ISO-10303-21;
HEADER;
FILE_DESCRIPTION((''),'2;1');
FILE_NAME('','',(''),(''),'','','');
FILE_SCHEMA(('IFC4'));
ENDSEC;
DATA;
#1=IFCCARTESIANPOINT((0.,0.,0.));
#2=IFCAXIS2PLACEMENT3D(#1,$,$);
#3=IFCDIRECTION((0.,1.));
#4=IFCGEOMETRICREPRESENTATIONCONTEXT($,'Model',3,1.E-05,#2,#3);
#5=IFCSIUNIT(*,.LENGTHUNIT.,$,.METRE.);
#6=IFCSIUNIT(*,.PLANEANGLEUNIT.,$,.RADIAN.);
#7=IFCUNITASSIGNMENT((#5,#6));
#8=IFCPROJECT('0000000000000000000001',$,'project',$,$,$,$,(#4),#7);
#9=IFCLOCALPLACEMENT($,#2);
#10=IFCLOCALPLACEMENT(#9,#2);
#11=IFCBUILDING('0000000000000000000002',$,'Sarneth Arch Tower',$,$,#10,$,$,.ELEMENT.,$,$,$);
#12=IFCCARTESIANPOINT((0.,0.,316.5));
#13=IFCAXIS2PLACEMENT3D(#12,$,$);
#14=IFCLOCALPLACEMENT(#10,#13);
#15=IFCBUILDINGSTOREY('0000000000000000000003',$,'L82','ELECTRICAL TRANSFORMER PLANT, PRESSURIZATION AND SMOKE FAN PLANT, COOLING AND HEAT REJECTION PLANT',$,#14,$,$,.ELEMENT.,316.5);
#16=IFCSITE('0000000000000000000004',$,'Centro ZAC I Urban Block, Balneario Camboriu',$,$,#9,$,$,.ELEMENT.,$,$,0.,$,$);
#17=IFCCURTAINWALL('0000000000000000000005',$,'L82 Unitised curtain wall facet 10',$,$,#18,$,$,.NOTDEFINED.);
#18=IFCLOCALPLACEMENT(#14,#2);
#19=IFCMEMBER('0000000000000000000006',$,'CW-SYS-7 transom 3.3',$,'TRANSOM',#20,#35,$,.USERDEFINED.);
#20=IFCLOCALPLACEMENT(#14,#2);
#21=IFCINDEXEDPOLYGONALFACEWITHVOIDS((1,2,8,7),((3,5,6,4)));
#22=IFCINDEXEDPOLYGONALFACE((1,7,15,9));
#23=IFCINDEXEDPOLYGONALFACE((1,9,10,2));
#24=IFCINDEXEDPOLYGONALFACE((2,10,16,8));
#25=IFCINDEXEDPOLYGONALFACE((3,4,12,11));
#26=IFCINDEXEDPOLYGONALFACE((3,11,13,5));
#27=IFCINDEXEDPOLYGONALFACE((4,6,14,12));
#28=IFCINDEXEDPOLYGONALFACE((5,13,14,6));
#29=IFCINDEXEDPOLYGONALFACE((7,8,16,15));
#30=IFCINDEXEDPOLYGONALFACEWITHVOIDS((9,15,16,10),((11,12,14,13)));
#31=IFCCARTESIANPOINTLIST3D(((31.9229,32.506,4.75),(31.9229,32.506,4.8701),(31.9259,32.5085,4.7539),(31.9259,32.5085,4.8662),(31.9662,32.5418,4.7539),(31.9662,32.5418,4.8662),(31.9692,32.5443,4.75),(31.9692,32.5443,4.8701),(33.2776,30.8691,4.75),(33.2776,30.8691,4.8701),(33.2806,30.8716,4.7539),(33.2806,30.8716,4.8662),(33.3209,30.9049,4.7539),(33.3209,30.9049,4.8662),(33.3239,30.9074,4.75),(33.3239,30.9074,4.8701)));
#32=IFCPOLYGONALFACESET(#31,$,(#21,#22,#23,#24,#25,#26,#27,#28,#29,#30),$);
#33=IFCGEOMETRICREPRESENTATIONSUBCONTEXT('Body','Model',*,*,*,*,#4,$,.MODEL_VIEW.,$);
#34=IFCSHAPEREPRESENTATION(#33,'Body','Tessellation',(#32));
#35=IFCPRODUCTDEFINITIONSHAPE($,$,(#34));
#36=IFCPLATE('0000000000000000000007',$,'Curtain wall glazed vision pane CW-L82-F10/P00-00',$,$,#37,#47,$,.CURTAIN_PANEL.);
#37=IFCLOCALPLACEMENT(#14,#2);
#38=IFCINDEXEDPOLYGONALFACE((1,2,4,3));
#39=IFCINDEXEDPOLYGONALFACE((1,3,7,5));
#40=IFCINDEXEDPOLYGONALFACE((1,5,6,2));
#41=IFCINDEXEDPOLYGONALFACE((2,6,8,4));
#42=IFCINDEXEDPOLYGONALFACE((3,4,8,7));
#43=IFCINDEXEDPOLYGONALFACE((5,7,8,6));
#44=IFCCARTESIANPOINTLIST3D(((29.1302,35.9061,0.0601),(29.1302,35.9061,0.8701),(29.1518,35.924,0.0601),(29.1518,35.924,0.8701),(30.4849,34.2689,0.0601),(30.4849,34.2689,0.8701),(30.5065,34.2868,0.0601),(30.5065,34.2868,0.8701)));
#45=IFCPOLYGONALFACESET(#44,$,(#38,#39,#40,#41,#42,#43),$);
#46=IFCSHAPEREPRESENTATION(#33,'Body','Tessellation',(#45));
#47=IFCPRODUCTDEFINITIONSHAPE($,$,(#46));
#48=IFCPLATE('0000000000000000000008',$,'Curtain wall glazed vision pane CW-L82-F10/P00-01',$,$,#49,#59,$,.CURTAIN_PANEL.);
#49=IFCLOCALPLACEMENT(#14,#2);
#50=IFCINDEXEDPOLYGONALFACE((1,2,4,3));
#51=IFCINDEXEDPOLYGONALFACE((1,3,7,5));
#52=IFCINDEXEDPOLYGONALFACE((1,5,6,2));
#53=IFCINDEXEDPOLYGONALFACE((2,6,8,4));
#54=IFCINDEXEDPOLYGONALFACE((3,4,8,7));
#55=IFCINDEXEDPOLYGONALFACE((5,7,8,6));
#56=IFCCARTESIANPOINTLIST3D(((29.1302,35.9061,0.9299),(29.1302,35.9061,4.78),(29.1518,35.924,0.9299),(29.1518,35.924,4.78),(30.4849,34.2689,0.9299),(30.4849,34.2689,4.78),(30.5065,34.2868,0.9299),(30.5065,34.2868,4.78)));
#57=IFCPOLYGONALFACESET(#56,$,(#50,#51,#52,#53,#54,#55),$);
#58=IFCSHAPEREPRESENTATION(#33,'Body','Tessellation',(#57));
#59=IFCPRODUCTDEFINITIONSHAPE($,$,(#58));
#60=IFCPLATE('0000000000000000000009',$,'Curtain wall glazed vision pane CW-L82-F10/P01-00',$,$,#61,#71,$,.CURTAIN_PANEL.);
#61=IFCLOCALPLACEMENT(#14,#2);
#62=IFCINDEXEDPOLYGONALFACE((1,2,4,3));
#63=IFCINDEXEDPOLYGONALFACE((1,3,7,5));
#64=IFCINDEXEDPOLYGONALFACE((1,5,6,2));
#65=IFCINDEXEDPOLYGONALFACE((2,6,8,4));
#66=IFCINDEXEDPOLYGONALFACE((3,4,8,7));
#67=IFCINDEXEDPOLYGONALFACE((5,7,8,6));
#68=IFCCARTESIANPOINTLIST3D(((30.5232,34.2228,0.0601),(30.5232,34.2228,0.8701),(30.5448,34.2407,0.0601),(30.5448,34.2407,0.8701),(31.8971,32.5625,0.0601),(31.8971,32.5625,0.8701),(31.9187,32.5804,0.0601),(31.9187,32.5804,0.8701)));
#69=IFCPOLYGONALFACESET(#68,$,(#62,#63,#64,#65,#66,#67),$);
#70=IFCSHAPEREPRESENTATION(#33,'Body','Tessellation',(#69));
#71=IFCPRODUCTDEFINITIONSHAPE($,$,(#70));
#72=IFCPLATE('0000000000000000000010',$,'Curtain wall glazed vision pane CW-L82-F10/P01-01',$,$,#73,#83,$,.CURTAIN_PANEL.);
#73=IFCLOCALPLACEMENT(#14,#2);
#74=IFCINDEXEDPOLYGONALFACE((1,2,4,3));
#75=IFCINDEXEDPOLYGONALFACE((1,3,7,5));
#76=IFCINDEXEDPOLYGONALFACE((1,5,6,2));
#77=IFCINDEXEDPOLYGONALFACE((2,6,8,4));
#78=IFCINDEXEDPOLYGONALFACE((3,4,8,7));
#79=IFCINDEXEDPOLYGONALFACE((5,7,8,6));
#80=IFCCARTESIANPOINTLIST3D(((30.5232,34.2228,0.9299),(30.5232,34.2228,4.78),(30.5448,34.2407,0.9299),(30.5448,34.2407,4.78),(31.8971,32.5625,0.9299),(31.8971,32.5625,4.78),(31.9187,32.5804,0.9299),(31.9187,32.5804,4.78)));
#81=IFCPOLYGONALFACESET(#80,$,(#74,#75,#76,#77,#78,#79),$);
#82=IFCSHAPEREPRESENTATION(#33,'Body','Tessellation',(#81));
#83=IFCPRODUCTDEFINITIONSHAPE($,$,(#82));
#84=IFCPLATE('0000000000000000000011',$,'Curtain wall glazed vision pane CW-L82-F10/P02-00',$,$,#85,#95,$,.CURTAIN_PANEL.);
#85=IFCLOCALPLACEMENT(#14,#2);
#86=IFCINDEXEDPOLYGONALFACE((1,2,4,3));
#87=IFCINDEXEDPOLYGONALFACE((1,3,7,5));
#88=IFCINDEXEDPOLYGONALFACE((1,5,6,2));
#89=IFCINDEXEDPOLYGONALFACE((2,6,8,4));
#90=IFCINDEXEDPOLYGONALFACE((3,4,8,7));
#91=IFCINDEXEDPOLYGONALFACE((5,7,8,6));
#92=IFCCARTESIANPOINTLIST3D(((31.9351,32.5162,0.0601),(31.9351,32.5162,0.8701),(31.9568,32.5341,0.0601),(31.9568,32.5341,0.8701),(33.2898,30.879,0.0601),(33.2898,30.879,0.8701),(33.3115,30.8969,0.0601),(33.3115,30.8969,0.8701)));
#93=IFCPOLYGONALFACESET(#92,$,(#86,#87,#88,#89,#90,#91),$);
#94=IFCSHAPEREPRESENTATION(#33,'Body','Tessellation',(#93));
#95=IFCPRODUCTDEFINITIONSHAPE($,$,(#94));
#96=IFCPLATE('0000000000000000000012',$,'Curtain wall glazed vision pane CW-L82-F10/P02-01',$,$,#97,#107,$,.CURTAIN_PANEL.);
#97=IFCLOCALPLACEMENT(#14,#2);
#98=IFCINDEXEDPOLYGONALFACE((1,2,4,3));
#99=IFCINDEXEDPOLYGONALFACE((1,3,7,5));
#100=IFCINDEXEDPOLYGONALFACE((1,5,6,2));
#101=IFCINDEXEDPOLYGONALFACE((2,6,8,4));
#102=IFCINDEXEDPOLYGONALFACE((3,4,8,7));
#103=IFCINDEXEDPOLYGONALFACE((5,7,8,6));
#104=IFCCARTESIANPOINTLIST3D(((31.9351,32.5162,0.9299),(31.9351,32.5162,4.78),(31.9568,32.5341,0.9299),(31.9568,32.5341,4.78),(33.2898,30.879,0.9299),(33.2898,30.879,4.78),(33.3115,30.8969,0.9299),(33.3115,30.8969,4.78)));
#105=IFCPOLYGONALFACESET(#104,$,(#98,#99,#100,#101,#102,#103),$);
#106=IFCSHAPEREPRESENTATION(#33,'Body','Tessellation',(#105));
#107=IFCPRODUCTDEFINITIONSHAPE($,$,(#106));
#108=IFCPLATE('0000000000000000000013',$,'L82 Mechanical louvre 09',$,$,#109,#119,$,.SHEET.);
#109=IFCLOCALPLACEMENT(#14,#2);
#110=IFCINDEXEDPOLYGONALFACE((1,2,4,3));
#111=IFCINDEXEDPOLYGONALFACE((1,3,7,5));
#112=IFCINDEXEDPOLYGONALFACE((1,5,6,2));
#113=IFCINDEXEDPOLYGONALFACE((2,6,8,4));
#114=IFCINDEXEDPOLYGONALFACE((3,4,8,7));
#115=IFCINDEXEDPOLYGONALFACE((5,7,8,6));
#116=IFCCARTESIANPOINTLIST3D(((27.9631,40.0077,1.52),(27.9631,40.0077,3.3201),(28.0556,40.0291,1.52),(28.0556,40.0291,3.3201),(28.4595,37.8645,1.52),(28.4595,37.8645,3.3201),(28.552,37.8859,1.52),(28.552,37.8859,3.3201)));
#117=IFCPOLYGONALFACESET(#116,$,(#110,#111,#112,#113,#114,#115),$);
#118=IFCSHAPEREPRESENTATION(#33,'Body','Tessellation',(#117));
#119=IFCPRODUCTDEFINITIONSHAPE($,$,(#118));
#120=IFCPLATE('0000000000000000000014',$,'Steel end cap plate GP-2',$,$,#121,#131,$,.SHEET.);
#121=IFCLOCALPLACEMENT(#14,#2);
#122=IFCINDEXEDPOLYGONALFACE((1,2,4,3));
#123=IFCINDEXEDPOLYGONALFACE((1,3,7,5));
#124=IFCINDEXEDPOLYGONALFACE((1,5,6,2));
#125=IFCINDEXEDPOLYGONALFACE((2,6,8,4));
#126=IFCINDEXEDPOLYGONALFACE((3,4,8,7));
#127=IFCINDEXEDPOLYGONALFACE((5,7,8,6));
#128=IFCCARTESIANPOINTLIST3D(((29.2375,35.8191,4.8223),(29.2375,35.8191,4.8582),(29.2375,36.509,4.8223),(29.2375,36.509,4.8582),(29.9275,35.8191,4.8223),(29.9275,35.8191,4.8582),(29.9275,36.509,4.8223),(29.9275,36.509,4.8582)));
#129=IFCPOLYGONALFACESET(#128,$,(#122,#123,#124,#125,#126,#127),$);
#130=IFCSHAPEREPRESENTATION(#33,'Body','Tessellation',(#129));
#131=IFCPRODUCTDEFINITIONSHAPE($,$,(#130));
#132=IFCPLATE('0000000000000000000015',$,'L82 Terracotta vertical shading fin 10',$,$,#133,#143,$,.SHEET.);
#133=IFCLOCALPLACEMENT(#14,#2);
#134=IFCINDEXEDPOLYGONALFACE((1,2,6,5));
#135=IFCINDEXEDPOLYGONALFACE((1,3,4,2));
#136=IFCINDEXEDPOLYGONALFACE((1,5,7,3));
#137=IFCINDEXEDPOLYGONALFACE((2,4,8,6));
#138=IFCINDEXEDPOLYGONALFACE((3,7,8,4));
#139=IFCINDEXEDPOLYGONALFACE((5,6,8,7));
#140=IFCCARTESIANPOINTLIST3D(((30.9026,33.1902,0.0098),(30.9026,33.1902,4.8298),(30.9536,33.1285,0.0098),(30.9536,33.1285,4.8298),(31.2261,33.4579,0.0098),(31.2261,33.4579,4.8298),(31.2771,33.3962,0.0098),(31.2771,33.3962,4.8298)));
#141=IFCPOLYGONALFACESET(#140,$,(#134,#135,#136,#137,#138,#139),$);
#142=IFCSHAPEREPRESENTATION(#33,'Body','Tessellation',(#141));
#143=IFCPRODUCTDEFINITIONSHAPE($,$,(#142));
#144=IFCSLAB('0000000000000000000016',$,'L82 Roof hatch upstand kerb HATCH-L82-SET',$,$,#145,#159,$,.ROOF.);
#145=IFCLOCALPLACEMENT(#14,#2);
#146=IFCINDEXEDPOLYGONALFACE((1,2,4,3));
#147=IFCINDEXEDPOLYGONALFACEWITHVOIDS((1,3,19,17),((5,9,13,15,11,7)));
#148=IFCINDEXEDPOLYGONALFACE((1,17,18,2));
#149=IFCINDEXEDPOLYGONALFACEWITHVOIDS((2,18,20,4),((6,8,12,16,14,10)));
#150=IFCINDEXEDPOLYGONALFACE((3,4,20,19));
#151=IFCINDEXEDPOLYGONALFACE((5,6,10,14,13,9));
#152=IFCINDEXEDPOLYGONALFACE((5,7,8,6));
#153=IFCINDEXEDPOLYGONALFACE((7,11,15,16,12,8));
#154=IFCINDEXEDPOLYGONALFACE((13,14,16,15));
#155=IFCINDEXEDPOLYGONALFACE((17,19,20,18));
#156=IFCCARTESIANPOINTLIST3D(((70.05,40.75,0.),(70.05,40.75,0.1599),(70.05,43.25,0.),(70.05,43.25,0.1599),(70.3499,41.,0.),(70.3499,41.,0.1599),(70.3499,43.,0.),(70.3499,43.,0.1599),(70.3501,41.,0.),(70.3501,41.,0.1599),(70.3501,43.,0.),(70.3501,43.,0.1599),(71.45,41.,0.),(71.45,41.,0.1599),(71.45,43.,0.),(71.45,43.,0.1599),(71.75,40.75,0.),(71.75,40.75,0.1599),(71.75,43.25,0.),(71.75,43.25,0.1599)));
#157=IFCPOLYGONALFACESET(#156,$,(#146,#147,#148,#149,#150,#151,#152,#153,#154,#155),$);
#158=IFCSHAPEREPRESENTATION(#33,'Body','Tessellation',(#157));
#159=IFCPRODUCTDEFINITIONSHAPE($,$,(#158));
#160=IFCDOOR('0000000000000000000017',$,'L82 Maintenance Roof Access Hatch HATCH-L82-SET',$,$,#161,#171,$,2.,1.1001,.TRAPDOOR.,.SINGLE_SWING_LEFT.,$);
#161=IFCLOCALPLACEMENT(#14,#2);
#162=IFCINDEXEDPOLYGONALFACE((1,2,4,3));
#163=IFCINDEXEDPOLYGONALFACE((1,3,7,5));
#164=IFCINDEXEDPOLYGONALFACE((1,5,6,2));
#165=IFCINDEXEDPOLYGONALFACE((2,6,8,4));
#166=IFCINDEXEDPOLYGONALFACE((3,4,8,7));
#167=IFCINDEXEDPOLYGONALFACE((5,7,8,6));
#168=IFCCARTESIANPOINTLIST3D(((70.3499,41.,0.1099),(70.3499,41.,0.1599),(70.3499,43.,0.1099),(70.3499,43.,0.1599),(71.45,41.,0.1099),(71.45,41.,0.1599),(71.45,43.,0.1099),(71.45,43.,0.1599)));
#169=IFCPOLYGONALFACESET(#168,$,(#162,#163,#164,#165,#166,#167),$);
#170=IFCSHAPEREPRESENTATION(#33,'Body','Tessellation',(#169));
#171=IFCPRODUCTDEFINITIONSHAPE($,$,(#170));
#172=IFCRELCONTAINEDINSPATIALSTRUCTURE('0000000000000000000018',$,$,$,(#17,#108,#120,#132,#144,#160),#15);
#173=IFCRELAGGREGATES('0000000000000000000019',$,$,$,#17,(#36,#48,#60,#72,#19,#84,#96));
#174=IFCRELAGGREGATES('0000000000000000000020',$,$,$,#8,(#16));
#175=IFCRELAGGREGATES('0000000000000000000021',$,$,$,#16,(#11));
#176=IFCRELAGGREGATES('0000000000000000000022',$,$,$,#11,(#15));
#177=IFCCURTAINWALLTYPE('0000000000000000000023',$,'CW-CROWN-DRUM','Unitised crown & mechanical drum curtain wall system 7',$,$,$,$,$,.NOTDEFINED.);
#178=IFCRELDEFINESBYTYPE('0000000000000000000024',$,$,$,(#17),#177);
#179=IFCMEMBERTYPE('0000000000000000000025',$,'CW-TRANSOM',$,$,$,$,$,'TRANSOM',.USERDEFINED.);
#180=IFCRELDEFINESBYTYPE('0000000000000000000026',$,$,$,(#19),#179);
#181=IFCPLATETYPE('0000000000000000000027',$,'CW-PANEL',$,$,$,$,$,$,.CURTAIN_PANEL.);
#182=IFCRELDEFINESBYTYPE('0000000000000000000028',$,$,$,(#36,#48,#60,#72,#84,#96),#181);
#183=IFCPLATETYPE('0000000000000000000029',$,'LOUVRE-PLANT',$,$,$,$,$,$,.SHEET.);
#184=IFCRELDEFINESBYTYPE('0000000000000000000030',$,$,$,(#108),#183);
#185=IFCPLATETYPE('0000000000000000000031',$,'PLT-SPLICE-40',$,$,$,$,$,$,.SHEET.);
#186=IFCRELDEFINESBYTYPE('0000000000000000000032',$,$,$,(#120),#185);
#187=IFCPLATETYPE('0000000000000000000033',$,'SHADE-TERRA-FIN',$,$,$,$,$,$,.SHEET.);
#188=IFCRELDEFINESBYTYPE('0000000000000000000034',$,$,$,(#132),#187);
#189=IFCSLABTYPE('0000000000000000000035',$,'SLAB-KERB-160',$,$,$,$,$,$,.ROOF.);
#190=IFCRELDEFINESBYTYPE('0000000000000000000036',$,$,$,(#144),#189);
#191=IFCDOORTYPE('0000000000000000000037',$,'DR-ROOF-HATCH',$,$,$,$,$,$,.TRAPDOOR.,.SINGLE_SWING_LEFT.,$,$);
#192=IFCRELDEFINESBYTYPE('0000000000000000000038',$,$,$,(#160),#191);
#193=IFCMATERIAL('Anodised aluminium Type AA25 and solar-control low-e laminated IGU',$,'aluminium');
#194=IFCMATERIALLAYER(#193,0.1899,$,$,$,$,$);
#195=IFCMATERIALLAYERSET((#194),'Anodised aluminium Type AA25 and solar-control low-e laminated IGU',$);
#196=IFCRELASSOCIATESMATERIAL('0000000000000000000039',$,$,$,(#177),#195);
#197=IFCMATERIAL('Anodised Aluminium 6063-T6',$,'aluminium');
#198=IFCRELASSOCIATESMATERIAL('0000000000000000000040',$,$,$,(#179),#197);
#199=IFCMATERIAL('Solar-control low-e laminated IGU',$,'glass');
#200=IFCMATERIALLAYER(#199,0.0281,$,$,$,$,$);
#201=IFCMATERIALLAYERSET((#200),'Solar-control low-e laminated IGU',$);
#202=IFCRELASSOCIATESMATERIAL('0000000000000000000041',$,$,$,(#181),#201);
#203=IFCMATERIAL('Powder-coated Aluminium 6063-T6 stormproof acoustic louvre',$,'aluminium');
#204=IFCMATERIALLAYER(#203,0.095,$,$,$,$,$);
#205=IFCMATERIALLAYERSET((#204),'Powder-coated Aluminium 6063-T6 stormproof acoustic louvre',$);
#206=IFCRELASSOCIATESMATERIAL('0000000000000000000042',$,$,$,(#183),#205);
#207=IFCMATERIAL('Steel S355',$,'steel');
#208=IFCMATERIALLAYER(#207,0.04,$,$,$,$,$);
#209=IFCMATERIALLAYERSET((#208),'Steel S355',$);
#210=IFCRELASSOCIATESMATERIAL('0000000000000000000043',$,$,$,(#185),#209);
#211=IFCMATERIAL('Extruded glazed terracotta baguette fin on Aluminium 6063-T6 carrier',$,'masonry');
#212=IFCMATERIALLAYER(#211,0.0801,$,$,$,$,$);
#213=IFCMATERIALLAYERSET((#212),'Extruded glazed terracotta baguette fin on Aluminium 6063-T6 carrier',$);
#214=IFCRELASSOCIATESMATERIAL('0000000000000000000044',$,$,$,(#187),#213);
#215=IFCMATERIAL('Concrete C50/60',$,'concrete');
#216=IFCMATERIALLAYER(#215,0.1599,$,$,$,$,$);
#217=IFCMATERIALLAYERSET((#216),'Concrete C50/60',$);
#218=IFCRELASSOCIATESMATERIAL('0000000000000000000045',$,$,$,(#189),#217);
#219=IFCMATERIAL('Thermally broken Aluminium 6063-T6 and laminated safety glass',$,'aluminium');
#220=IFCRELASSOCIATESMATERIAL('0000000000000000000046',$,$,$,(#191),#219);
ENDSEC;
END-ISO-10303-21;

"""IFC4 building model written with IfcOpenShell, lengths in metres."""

from ifc_helpers import new_model, si_unit, direction, frame, origin, origin_2d, place, context, subcontext, project, spatial, polyline, rectangle, hollow_rectangle, outline, extrude, material, layer, layer_set, material_profile, profile_set, type_object, element, fill, aggregate, save


model = new_model("IFC4")

# Units and contexts
model_context = context("Model", 3, precision=1e-05, world=origin(), true_north=direction((0.0, 1.0)))
body_context = subcontext(model_context, "Body", "Model", "MODEL_VIEW")
ifc_project = project(units=[si_unit("LENGTHUNIT", "METRE"), si_unit("PLANEANGLEUNIT", "RADIAN")], contexts=[model_context])

# Site, building, storey
site_placement = place(None, origin())
site = spatial("IfcSite", under=ifc_project, at=site_placement, Name="Centro ZAC I Urban Block, Balneario Camboriu", CompositionType="ELEMENT", RefElevation=0.0)
building_placement = place(site_placement, origin())
building = spatial("IfcBuilding", under=site, at=building_placement, Name="Sarneth Arch Tower", CompositionType="ELEMENT")
storey_placement = place(building_placement, frame((0.0, 0.0, 316.5)))
storey = spatial("IfcBuildingStorey", under=building, at=storey_placement, Name="L82", Description="ELECTRICAL TRANSFORMER PLANT, PRESSURIZATION AND SMOKE FAN PLANT, COOLING AND HEAT REJECTION PLANT", CompositionType="ELEMENT", Elevation=316.5)

# Curtain wall, member, plates
ifc_material_1 = material(Name="Anodised aluminium Type AA25 and solar-control low-e laminated IGU", Category="aluminium")
ifc_layer_1 = layer(ifc_material_1, 0.1899)
ifc_layer_set_1 = layer_set([ifc_layer_1], Name="Anodised aluminium Type AA25 and solar-control low-e laminated IGU")
curtain_wall_type = type_object("IfcCurtainWallType", Name="CW-CROWN-DRUM", Description="Unitised crown & mechanical drum curtain wall system 7", PredefinedType="NOTDEFINED", material=ifc_layer_set_1)
curtain_wall_placement = place(storey_placement, origin())
curtain_wall = element("IfcCurtainWall", 1, at=curtain_wall_placement, inside=storey, type_object=curtain_wall_type, Name="L82 Unitised curtain wall facet 10", PredefinedType="NOTDEFINED")
ifc_material_2 = material(Name="Anodised Aluminium 6063-T6", Category="aluminium")
ifc_material_profile_1 = material_profile(ifc_material_2, hollow_rectangle(XDim=0.0601, YDim=0.1201, WallThickness=0.0039, at=origin_2d()), Name="AL-TRAN-120x60x4")
ifc_profile_set_1 = profile_set([ifc_material_profile_1], Name="Anodised Aluminium 6063-T6")
member_type_1 = type_object("IfcMemberType", Name="CW-TRANSOM", ElementType="TRANSOM", PredefinedType="USERDEFINED", material=ifc_profile_set_1)
member_1_placement = place(storey_placement, frame((31.946, 32.5251, 4.8101), z_axis=(0.63757, -0.770392, 0.0), x_axis=(0.770392, 0.63757, 0.0)))
member_1 = element("IfcMember", 2, at=member_1_placement, type_object=member_type_1, Name="CW-SYS-7 transom 3.3", ObjectType="TRANSOM", PredefinedType="USERDEFINED", context=body_context, shape_type="SweptSolid", body=[
    extrude(hollow_rectangle(XDim=0.0601, YDim=0.1201, WallThickness=0.0039, at=origin_2d()), origin(), (0.0, 0.0, 1.0), 2.1248),
])
ifc_material_3 = material(Name="Solar-control low-e laminated IGU", Category="glass")
ifc_layer_2 = layer(ifc_material_3, 0.0281)
ifc_layer_set_2 = layer_set([ifc_layer_2], Name="Solar-control low-e laminated IGU")
plate_type_1 = type_object("IfcPlateType", Name="CW-PANEL", PredefinedType="CURTAIN_PANEL", material=ifc_layer_set_2)
plate_1_placement = place(storey_placement, frame((29.8184, 35.0964, 0.0601), z_axis=(0.0, 0.0, 1.0), x_axis=(0.637505, -0.770446, 0.0)))
plate_1 = element("IfcPlate", 3, at=plate_1_placement, type_object=plate_type_1, Name="Curtain wall glazed vision pane CW-L82-F10/P00-00", PredefinedType="CURTAIN_PANEL", context=body_context, shape_type="SweptSolid", body=[
    extrude(rectangle(XDim=2.125, YDim=0.0281, at=origin_2d()), origin(), (0.0, 0.0, 1.0), 0.8101),
])
plate_2_placement = place(storey_placement, frame((29.8184, 35.0964, 0.9299), z_axis=(0.0, 0.0, 1.0), x_axis=(0.637505, -0.770446, 0.0)))
plate_2 = element("IfcPlate", 4, at=plate_2_placement, type_object=plate_type_1, Name="Curtain wall glazed vision pane CW-L82-F10/P00-01", PredefinedType="CURTAIN_PANEL", context=body_context, shape_type="SweptSolid", body=[
    extrude(rectangle(XDim=2.125, YDim=0.0281, at=origin_2d()), origin(), (0.0, 0.0, 1.0), 3.8501),
])
plate_3_placement = place(storey_placement, frame((31.2209, 33.4016, 0.0601), z_axis=(0.0, 0.0, 1.0), x_axis=(0.637505, -0.770446, 0.0)))
plate_3 = element("IfcPlate", 5, at=plate_3_placement, type_object=plate_type_1, Name="Curtain wall glazed vision pane CW-L82-F10/P01-00", PredefinedType="CURTAIN_PANEL", context=body_context, shape_type="SweptSolid", body=[
    extrude(rectangle(XDim=2.155, YDim=0.0281, at=origin_2d()), origin(), (0.0, 0.0, 1.0), 0.8101),
])
plate_4_placement = place(storey_placement, frame((31.2209, 33.4016, 0.9299), z_axis=(0.0, 0.0, 1.0), x_axis=(0.637505, -0.770446, 0.0)))
plate_4 = element("IfcPlate", 6, at=plate_4_placement, type_object=plate_type_1, Name="Curtain wall glazed vision pane CW-L82-F10/P01-01", PredefinedType="CURTAIN_PANEL", context=body_context, shape_type="SweptSolid", body=[
    extrude(rectangle(XDim=2.155, YDim=0.0281, at=origin_2d()), origin(), (0.0, 0.0, 1.0), 3.8501),
])
plate_5_placement = place(storey_placement, frame((32.6233, 31.7065, 0.0601), z_axis=(0.0, 0.0, 1.0), x_axis=(0.637505, -0.770446, 0.0)))
plate_5 = element("IfcPlate", 7, at=plate_5_placement, type_object=plate_type_1, Name="Curtain wall glazed vision pane CW-L82-F10/P02-00", PredefinedType="CURTAIN_PANEL", context=body_context, shape_type="SweptSolid", body=[
    extrude(rectangle(XDim=2.125, YDim=0.0281, at=origin_2d()), origin(), (0.0, 0.0, 1.0), 0.8101),
])
plate_6_placement = place(storey_placement, frame((32.6233, 31.7065, 0.9299), z_axis=(0.0, 0.0, 1.0), x_axis=(0.637505, -0.770446, 0.0)))
plate_6 = element("IfcPlate", 8, at=plate_6_placement, type_object=plate_type_1, Name="Curtain wall glazed vision pane CW-L82-F10/P02-01", PredefinedType="CURTAIN_PANEL", context=body_context, shape_type="SweptSolid", body=[
    extrude(rectangle(XDim=2.125, YDim=0.0281, at=origin_2d()), origin(), (0.0, 0.0, 1.0), 3.8501),
])
aggregate(curtain_wall, [plate_1, plate_2, plate_3, plate_4, member_1, plate_5, plate_6])

# Plates
ifc_material_4 = material(Name="Powder-coated Aluminium 6063-T6 stormproof acoustic louvre", Category="aluminium")
ifc_layer_3 = layer(ifc_material_4, 0.095)
ifc_layer_set_3 = layer_set([ifc_layer_3], Name="Powder-coated Aluminium 6063-T6 stormproof acoustic louvre")
plate_type_2 = type_object("IfcPlateType", Name="LOUVRE-PLANT", PredefinedType="SHEET", material=ifc_layer_set_3)
plate_7_placement = place(storey_placement, frame((28.2576, 38.9468, 1.52), z_axis=(0.0, 0.0, 1.0), x_axis=(0.225631, -0.974213, 0.0)))
element("IfcPlate", 9, at=plate_7_placement, inside=storey, type_object=plate_type_2, Name="L82 Mechanical louvre 09", PredefinedType="SHEET", context=body_context, shape_type="SweptSolid", body=[
    extrude(rectangle(XDim=2.2, YDim=0.095, at=origin_2d()), origin(), (0.0, 0.0, 1.0), 1.8),
])
ifc_material_5 = material(Name="Steel S355", Category="steel")
ifc_layer_4 = layer(ifc_material_5, 0.04)
ifc_layer_set_4 = layer_set([ifc_layer_4], Name="Steel S355")
plate_type_3 = type_object("IfcPlateType", Name="PLT-SPLICE-40", PredefinedType="SHEET", material=ifc_layer_set_4)
plate_8_placement = place(storey_placement, frame((29.5825, 36.1641, 4.8223), z_axis=(0.0, 0.0, 1.0), x_axis=(1.0, 0.0, 0.0)))
element("IfcPlate", 10, at=plate_8_placement, inside=storey, type_object=plate_type_3, Name="Steel end cap plate GP-2", PredefinedType="SHEET", context=body_context, shape_type="SweptSolid", body=[
    extrude(rectangle(XDim=0.6899, YDim=0.6899, at=origin_2d()), origin(), (0.0, 0.0, 1.0), 0.0359),
])
ifc_material_6 = material(Name="Extruded glazed terracotta baguette fin on Aluminium 6063-T6 carrier", Category="masonry")
ifc_layer_5 = layer(ifc_material_6, 0.0801)
ifc_layer_set_5 = layer_set([ifc_layer_5], Name="Extruded glazed terracotta baguette fin on Aluminium 6063-T6 carrier")
plate_type_4 = type_object("IfcPlateType", Name="SHADE-TERRA-FIN", PredefinedType="SHEET", material=ifc_layer_set_5)
plate_9_placement = place(storey_placement, frame((31.0898, 33.2932, 0.0098), z_axis=(0.0, 0.0, 1.0), x_axis=(-0.770402, -0.637558, 0.0)))
element("IfcPlate", 11, at=plate_9_placement, inside=storey, type_object=plate_type_4, Name="L82 Terracotta vertical shading fin 10", PredefinedType="SHEET", context=body_context, shape_type="SweptSolid", body=[
    extrude(rectangle(XDim=0.4199, YDim=0.0801, at=origin_2d()), origin(), (0.0, 0.0, 1.0), 4.8201),
])

# Slab, opening, door
ifc_material_7 = material(Name="Concrete C50/60", Category="concrete")
ifc_layer_6 = layer(ifc_material_7, 0.1599)
ifc_layer_set_6 = layer_set([ifc_layer_6], Name="Concrete C50/60")
slab_type_1 = type_object("IfcSlabType", Name="SLAB-KERB-160", PredefinedType="ROOF", material=ifc_layer_set_6)
slab_1_placement = place(storey_placement, origin())
slab_1 = element("IfcSlab", 12, at=slab_1_placement, inside=storey, type_object=slab_type_1, Name="L82 Roof hatch upstand kerb HATCH-L82-SET", PredefinedType="ROOF", context=body_context, shape_type="SweptSolid", body=[
    extrude(outline(polyline([(70.05, 40.75), (71.75, 40.75), (71.75, 43.25), (70.05, 43.25), (70.05, 40.75)]), holes=[polyline([(70.3501, 41.0), (71.45, 41.0), (71.45, 43.0), (70.3501, 43.0), (70.3501, 41.0)])]), origin(), (0.0, 0.0, 1.0), 0.1599),
])
opening_1_placement = place(slab_1_placement, frame((70.8999, 42.0, 0.0)))
opening_1 = element("IfcOpeningElement", 13, at=opening_1_placement, cuts=slab_1, PredefinedType="OPENING", context=body_context, shape_type="SweptSolid", body=[
    extrude(rectangle(XDim=1.1001, YDim=2.0, at=origin_2d()), origin(), (0.0, 0.0, 1.0), 0.1599),
])
ifc_material_8 = material(Name="Thermally broken Aluminium 6063-T6 and laminated safety glass", Category="aluminium")
door_type = type_object("IfcDoorType", Name="DR-ROOF-HATCH", OperationType="SINGLE_SWING_LEFT", PredefinedType="TRAPDOOR", material=ifc_material_8)
door_1_placement = place(opening_1_placement, frame((0.0, 0.0, 0.1099)))
door_1 = element("IfcDoor", 14, at=door_1_placement, inside=storey, type_object=door_type, Name="L82 Maintenance Roof Access Hatch HATCH-L82-SET", OperationType="SINGLE_SWING_LEFT", OverallHeight=2.0, OverallWidth=1.1001, PredefinedType="TRAPDOOR", context=body_context, shape_type="SweptSolid", body=[
    extrude(rectangle(XDim=1.1001, YDim=2.0, at=origin_2d()), origin(), (0.0, 0.0, 1.0), 0.05),
])
fill(opening_1, door_1)

save(model, "model.ifc")
